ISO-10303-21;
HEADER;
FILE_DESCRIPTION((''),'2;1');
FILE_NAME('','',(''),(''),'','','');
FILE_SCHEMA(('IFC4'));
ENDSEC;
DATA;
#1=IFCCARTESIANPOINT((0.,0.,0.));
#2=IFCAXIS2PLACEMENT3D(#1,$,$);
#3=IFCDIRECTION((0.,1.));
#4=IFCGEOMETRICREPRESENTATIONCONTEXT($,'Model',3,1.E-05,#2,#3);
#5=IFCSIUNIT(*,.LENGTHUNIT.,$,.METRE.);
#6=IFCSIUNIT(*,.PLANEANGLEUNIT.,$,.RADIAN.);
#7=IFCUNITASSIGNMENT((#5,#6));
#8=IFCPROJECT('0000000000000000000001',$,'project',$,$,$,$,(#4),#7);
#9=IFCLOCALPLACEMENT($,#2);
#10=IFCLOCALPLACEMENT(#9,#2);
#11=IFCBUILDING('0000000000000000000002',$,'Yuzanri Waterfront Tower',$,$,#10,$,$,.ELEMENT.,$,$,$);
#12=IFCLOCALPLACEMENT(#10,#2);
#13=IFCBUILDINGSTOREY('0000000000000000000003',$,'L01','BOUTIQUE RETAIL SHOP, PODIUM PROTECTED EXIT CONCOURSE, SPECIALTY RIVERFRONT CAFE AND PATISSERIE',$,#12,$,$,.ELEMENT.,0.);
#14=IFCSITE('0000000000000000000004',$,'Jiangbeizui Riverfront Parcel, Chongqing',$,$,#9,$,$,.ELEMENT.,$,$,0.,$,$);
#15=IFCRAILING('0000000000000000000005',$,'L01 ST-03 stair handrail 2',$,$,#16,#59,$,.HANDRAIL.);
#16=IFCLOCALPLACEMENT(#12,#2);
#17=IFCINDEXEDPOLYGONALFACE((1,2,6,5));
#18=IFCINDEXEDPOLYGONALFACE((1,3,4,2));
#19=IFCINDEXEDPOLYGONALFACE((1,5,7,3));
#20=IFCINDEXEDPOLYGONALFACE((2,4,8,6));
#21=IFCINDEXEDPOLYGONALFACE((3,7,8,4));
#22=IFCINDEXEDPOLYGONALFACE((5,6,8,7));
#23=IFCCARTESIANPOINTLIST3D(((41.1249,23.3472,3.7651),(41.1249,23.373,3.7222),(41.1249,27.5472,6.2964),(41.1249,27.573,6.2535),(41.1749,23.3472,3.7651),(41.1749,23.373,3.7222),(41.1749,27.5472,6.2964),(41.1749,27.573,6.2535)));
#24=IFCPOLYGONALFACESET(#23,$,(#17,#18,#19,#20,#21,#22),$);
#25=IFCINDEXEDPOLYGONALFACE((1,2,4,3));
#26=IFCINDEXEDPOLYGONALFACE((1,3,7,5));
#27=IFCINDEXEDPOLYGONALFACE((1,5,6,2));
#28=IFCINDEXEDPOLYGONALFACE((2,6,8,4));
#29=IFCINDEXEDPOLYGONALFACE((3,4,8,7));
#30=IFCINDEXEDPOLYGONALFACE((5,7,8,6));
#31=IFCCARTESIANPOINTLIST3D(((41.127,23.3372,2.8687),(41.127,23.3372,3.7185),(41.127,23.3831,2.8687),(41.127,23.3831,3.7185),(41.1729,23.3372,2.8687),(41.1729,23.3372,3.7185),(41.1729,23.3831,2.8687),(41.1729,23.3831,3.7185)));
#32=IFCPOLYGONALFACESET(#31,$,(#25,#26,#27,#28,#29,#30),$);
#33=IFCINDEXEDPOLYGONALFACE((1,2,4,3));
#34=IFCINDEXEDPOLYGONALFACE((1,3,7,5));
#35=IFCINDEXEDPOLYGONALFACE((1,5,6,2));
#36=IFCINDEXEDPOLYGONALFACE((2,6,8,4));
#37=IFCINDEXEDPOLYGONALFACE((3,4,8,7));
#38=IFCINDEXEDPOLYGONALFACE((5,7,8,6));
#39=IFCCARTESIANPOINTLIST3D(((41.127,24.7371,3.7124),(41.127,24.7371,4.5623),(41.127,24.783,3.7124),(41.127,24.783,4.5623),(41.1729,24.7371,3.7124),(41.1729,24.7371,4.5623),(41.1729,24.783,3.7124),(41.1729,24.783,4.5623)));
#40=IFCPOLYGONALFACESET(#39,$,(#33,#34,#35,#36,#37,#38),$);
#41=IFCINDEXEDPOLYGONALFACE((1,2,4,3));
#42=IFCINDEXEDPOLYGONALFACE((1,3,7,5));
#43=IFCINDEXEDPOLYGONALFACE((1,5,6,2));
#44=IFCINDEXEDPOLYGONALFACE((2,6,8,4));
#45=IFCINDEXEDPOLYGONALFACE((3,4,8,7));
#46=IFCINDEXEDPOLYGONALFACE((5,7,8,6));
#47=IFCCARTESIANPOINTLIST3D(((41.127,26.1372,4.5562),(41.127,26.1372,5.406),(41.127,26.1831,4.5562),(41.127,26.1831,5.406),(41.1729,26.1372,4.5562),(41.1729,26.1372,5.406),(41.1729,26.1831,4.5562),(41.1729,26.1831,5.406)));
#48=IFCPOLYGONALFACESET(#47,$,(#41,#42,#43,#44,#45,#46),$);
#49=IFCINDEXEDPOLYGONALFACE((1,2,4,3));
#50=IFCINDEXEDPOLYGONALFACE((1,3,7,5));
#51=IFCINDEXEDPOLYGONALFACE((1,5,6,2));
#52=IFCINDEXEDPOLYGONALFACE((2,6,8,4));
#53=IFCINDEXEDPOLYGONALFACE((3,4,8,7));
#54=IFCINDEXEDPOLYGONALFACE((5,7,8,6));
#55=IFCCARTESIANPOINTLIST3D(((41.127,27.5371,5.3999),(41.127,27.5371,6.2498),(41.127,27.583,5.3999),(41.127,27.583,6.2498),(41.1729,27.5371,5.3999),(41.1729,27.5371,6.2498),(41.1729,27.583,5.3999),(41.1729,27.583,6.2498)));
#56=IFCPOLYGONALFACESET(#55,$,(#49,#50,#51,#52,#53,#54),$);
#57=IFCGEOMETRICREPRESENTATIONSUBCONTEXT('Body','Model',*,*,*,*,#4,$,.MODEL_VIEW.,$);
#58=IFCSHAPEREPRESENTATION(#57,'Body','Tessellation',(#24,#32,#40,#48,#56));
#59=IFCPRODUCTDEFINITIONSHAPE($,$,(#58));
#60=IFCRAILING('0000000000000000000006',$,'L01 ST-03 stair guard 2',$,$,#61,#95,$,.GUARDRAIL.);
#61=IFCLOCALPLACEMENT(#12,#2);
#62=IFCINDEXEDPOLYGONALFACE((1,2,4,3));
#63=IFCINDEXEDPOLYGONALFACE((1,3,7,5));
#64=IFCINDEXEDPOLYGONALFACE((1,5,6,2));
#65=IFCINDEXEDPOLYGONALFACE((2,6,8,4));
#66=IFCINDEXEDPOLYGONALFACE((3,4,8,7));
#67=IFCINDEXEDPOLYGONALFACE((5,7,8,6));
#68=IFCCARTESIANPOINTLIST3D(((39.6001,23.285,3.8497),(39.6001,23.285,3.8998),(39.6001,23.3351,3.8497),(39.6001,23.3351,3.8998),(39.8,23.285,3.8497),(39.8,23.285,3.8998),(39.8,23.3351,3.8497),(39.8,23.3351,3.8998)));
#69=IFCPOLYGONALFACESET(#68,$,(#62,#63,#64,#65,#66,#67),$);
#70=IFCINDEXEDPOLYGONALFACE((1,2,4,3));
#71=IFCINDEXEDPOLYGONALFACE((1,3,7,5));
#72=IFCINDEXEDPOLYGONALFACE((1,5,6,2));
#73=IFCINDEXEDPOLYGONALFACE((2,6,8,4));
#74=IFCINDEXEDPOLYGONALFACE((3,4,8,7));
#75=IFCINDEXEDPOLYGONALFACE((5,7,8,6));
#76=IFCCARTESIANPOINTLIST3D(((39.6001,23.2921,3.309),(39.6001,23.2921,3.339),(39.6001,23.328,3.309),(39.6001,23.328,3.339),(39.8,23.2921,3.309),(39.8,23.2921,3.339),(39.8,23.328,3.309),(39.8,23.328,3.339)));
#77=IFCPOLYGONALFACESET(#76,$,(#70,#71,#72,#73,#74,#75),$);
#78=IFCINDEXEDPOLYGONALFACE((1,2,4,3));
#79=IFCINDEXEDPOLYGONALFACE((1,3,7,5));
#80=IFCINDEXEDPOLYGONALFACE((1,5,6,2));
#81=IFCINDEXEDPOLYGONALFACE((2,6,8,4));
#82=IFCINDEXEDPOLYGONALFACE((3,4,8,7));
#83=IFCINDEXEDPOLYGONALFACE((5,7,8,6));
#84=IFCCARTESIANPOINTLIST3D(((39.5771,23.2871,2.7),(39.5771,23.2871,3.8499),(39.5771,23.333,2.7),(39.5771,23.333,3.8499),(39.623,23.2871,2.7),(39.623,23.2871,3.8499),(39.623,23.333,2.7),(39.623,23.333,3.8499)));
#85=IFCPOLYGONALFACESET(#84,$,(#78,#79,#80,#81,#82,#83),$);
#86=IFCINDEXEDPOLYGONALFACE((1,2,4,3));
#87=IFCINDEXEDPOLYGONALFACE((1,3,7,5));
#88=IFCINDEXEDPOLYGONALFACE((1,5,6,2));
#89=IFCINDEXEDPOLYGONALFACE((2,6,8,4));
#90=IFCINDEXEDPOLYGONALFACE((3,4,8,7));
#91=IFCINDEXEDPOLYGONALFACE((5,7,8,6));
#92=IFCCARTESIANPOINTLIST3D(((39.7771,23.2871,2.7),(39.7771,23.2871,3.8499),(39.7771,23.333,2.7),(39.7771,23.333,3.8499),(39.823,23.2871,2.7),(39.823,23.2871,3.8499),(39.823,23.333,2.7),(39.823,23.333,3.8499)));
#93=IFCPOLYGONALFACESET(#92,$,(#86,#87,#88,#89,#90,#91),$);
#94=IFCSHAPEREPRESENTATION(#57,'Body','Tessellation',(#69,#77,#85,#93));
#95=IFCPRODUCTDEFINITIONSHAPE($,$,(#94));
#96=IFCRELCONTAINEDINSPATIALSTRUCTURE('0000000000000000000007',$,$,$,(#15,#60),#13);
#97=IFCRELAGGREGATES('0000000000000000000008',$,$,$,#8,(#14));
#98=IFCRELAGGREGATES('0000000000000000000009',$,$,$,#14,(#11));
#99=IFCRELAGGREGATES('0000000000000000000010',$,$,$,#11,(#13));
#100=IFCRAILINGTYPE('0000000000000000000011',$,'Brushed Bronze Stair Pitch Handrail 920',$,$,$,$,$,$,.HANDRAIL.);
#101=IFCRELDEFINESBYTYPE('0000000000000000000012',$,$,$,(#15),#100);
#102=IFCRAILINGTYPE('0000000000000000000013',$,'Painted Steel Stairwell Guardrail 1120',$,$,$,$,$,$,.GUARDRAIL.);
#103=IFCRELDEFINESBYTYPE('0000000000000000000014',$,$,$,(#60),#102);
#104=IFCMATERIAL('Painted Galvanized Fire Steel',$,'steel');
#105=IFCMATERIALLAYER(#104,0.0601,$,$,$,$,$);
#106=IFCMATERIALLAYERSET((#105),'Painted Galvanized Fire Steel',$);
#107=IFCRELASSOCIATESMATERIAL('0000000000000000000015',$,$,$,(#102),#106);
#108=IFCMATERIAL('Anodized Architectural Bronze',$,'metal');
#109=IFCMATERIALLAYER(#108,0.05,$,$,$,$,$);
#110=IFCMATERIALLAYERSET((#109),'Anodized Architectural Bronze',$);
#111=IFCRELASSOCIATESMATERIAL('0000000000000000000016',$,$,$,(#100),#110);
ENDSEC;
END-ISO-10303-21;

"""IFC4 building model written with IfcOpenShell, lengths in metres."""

from ifc_helpers import new_model, si_unit, direction, frame, origin, origin_2d, place, context, subcontext, project, spatial, rectangle, extrude, source, transform, mapped, material, layer, layer_set, type_object, element, save


model = new_model("IFC4")

# Units and contexts
model_context = context("Model", 3, precision=1e-05, world=origin(), true_north=direction((0.0, 1.0)))
body_context = subcontext(model_context, "Body", "Model", "MODEL_VIEW")
ifc_project = project(units=[si_unit("LENGTHUNIT", "METRE"), si_unit("PLANEANGLEUNIT", "RADIAN")], contexts=[model_context])

# Site, building, storey
site_placement = place(None, origin())
site = spatial("IfcSite", under=ifc_project, at=site_placement, Name="Jiangbeizui Riverfront Parcel, Chongqing", CompositionType="ELEMENT", RefElevation=0.0)
building_placement = place(site_placement, origin())
building = spatial("IfcBuilding", under=site, at=building_placement, Name="Yuzanri Waterfront Tower", CompositionType="ELEMENT")
storey_placement = place(building_placement, origin())
storey = spatial("IfcBuildingStorey", under=building, at=storey_placement, Name="L01", Description="BOUTIQUE RETAIL SHOP, PODIUM PROTECTED EXIT CONCOURSE, SPECIALTY RIVERFRONT CAFE AND PATISSERIE", CompositionType="ELEMENT", Elevation=0.0)

# Railings
ifc_material_1 = material(Name="Painted Galvanized Fire Steel", Category="steel")
ifc_layer_1 = layer(ifc_material_1, 0.0601)
ifc_layer_set_1 = layer_set([ifc_layer_1], Name="Painted Galvanized Fire Steel")
railing_type_1 = type_object("IfcRailingType", Name="Painted Steel Stairwell Guardrail 1120", PredefinedType="GUARDRAIL", material=ifc_layer_set_1)
ifc_material_2 = material(Name="Anodized Architectural Bronze", Category="metal")
ifc_layer_2 = layer(ifc_material_2, 0.05)
ifc_layer_set_2 = layer_set([ifc_layer_2], Name="Anodized Architectural Bronze")
railing_type_2 = type_object("IfcRailingType", Name="Brushed Bronze Stair Pitch Handrail 920", PredefinedType="HANDRAIL", material=ifc_layer_set_2)
shared_shape_1 = source(origin(), body_context, "Body", "SweptSolid", [
    extrude(rectangle(XDim=0.05, YDim=0.05, at=origin_2d()), frame((0.0, 0.0, 0.875), z_axis=(0.0, 0.856476, 0.516186), x_axis=(-1.0, 0.0, 0.0)), (0.0, 0.0, 1.0), 4.9038),
    extrude(rectangle(XDim=0.0459, YDim=0.0459, at=origin_2d()), origin(), (0.0, 0.0, 1.0), 0.8499),
    extrude(rectangle(XDim=0.0459, YDim=0.0459, at=origin_2d()), frame((0.0, 1.3999, 0.8438)), (0.0, 0.0, 1.0), 0.8499),
    extrude(rectangle(XDim=0.0459, YDim=0.0459, at=origin_2d()), frame((0.0, 2.8, 1.6875)), (0.0, 0.0, 1.0), 0.8499),
    extrude(rectangle(XDim=0.0459, YDim=0.0459, at=origin_2d()), frame((0.0, 4.2, 2.5312)), (0.0, 0.0, 1.0), 0.8499),
])
railing_1_placement = place(storey_placement, frame((41.1499, 23.3601, 2.8687)))
element("IfcRailing", 1, at=railing_1_placement, inside=storey, type_object=railing_type_2, Name="L01 ST-03 stair handrail 2", PredefinedType="HANDRAIL", context=body_context, shape_type="MappedRepresentation", body=[
    mapped(shared_shape_1, transform((0.0, 0.0, 0.0), scale=1.0)),
])
shared_shape_2 = source(origin(), body_context, "Body", "SweptSolid", [
    extrude(rectangle(XDim=0.05, YDim=0.05, at=origin_2d()), frame((0.0, 0.0, 1.1748), z_axis=(1.0, 0.0, 0.0), x_axis=(0.0, 1.0, 0.0)), (0.0, 0.0, 1.0), 0.2),
    extrude(rectangle(XDim=0.0359, YDim=0.03, at=origin_2d()), frame((0.0, 0.0, 0.624), z_axis=(1.0, 0.0, 0.0), x_axis=(0.0, 1.0, 0.0)), (0.0, 0.0, 1.0), 0.2),
    extrude(rectangle(XDim=0.0459, YDim=0.0459, at=origin_2d()), origin(), (0.0, 0.0, 1.0), 1.1499),
    extrude(rectangle(XDim=0.0459, YDim=0.0459, at=origin_2d()), frame((0.2, 0.0, 0.0)), (0.0, 0.0, 1.0), 1.1499),
])
railing_2_placement = place(storey_placement, frame((39.6001, 23.3101, 2.7)))
element("IfcRailing", 2, at=railing_2_placement, inside=storey, type_object=railing_type_1, Name="L01 ST-03 stair guard 2", PredefinedType="GUARDRAIL", context=body_context, shape_type="MappedRepresentation", body=[
    mapped(shared_shape_2, transform((0.0, 0.0, 0.0), scale=1.0)),
])

save(model, "model.ifc")
